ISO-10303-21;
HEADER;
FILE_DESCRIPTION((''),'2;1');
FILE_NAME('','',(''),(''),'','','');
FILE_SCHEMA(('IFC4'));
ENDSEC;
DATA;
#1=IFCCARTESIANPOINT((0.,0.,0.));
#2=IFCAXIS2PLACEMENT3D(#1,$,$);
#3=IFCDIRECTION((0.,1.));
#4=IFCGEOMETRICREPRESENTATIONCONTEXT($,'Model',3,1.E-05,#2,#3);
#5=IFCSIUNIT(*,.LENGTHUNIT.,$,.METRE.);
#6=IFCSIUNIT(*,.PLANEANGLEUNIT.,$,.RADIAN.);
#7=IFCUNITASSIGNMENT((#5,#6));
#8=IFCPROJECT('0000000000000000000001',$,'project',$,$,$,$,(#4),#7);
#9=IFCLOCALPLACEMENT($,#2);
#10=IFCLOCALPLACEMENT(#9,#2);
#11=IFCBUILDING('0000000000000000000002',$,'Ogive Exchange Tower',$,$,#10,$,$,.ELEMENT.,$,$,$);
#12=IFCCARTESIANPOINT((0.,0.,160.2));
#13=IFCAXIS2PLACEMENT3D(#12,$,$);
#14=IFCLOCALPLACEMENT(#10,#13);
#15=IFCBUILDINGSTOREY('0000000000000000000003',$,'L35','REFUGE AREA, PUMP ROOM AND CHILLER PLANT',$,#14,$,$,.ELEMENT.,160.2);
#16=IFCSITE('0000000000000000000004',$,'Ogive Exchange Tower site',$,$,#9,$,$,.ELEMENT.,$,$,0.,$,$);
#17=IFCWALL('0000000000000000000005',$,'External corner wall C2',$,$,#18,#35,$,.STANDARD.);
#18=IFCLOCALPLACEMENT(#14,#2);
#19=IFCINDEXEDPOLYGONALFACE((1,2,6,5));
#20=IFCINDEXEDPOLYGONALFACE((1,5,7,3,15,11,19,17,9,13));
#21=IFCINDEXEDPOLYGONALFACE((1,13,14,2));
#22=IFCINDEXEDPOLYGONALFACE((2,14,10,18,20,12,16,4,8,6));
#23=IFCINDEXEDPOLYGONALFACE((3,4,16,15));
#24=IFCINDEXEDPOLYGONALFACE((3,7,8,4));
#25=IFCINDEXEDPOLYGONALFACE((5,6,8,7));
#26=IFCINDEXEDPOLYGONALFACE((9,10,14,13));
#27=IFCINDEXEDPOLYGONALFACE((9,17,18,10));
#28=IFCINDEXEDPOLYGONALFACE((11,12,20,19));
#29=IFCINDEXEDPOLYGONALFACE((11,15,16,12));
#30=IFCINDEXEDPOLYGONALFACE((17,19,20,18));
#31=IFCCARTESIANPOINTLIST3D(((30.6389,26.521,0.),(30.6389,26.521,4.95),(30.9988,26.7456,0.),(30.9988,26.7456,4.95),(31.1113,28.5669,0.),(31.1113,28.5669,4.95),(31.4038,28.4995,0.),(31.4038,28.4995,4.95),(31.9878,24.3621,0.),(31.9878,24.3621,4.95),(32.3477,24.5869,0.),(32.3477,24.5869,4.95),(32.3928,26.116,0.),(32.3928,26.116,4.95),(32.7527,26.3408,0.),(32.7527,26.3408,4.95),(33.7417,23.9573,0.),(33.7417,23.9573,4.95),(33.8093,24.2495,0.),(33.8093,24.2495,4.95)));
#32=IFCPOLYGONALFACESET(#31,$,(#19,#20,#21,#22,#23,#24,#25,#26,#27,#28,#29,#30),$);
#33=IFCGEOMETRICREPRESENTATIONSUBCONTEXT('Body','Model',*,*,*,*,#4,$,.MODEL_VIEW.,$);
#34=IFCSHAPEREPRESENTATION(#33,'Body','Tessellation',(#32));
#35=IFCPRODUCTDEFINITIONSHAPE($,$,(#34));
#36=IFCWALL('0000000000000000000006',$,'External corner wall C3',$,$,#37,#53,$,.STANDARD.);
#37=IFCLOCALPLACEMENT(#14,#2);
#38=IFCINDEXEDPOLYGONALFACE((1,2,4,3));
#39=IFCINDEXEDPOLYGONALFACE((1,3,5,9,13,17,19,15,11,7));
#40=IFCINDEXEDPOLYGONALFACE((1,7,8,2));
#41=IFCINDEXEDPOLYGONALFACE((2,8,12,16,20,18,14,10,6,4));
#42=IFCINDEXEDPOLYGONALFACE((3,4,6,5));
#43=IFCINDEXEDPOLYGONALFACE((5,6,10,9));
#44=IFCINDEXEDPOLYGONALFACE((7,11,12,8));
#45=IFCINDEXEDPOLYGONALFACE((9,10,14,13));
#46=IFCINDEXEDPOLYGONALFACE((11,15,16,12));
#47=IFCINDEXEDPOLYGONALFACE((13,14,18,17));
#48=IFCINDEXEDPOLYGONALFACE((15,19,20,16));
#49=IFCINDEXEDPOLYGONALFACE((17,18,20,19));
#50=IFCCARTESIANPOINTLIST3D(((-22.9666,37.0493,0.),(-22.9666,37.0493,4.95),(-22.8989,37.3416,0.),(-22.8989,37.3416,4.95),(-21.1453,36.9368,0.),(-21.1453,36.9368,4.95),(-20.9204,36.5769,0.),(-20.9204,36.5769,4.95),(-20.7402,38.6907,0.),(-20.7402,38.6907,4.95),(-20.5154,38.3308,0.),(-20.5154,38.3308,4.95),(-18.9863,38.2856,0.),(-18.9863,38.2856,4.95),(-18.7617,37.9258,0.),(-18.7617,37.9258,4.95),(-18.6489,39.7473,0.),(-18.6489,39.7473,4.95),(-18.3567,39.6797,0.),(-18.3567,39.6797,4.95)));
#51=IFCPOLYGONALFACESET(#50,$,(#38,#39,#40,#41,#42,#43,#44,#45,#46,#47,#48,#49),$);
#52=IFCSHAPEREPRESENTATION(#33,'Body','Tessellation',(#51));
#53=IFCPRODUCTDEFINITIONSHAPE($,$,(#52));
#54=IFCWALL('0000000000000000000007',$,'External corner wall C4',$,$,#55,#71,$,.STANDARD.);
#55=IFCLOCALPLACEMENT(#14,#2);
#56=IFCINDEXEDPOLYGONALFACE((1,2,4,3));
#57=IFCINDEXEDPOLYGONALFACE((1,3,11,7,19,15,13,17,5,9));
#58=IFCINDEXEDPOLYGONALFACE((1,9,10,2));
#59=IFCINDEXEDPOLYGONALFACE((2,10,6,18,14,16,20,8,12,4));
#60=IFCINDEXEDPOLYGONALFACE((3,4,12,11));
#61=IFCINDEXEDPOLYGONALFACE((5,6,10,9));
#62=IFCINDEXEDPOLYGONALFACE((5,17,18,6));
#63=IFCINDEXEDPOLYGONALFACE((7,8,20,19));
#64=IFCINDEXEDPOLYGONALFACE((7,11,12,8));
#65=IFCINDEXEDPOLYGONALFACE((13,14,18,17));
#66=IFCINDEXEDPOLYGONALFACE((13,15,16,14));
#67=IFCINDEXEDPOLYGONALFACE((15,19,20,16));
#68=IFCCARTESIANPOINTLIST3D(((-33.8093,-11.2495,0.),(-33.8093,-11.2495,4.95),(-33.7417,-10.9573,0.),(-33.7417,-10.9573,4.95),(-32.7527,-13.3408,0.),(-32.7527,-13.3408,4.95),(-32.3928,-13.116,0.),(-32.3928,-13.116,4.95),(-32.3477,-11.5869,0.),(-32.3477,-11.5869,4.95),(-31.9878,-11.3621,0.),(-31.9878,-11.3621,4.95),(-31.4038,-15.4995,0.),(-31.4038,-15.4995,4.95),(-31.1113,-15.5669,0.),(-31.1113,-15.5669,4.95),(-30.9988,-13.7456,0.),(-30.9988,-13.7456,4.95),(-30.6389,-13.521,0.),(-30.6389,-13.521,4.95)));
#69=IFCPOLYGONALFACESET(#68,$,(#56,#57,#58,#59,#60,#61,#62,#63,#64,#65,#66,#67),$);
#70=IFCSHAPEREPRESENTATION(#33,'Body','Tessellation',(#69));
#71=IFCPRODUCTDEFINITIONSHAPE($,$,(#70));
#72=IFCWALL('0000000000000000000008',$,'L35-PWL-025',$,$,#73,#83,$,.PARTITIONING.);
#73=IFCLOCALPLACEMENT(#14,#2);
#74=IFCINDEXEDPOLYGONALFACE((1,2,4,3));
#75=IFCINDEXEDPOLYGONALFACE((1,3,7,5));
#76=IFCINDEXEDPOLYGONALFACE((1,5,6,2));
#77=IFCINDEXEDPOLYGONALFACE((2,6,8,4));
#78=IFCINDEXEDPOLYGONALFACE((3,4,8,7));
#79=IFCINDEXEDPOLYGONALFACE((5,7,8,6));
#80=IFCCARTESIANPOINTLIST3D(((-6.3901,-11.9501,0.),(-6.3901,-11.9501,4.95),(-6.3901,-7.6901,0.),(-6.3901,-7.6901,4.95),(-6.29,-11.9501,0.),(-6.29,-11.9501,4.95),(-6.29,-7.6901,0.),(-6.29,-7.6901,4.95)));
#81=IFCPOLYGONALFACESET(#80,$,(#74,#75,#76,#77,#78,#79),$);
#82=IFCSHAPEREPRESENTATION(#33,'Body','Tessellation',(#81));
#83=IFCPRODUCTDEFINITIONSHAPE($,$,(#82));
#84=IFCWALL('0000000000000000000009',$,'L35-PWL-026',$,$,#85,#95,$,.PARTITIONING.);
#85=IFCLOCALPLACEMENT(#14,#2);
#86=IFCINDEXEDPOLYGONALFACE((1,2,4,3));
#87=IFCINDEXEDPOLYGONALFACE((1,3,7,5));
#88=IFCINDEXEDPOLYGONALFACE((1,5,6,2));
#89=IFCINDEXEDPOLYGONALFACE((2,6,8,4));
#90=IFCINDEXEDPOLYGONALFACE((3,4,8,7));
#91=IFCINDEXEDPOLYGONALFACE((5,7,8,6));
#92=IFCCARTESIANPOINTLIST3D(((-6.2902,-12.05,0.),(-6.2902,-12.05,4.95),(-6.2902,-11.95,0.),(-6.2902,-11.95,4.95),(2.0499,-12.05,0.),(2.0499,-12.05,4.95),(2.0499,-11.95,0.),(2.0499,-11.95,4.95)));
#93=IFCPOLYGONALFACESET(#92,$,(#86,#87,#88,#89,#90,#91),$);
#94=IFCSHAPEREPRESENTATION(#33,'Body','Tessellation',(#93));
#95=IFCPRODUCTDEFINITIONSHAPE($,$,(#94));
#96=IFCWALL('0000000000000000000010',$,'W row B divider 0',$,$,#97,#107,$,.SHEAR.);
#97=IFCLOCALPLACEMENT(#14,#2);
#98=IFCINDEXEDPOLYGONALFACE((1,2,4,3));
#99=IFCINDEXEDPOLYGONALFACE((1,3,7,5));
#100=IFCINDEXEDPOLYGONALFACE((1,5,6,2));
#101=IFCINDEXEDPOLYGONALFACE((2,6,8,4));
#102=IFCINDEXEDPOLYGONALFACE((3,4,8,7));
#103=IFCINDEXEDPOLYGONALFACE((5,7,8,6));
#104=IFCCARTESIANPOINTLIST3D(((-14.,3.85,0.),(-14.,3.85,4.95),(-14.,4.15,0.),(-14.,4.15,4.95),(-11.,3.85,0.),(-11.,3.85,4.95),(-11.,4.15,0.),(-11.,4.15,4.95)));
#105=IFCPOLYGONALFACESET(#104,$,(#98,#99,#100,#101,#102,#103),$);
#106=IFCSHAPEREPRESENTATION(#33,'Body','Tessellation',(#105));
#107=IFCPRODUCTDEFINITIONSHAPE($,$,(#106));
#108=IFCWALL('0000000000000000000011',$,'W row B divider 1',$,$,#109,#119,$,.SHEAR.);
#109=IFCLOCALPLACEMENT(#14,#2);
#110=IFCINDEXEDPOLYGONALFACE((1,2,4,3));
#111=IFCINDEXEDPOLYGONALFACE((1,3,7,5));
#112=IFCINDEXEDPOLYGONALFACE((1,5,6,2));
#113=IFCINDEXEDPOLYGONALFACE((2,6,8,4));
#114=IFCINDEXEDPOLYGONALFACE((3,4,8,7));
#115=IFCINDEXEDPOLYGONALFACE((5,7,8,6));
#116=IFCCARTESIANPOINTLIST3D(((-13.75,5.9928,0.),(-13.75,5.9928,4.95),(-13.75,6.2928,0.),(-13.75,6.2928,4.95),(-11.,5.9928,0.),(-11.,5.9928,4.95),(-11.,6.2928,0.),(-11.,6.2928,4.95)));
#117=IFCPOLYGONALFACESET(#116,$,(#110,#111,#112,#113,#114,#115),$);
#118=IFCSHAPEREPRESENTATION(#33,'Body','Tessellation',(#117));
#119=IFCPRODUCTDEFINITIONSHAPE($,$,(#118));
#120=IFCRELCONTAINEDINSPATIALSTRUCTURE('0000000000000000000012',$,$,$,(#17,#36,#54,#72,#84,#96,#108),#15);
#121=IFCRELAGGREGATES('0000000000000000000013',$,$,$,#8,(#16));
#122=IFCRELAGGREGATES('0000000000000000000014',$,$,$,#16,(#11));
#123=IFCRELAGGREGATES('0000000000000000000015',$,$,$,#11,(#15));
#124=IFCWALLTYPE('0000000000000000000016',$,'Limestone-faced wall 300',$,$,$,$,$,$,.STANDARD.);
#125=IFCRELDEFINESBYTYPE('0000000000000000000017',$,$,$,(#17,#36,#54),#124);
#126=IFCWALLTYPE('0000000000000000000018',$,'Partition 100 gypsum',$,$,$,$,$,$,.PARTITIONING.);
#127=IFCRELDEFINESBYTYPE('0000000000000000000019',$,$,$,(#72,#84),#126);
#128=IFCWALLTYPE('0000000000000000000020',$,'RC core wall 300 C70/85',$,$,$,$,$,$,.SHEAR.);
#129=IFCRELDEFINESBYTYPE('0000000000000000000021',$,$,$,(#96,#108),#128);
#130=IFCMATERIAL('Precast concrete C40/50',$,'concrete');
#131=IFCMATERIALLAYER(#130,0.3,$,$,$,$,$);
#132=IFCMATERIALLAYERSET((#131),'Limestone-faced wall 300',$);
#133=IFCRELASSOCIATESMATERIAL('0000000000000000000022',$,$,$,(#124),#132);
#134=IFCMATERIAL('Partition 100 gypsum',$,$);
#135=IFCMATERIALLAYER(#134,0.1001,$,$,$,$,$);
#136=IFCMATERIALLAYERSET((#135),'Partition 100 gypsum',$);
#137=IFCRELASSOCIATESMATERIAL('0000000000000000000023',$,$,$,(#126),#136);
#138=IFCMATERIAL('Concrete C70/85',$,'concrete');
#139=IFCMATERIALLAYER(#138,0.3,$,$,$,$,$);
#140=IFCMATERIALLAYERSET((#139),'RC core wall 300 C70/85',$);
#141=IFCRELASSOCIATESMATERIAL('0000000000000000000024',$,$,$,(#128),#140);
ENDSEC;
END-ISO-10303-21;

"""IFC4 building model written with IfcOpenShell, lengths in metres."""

from ifc_helpers import new_model, si_unit, direction, frame, frame_2d, origin, place, context, subcontext, project, spatial, polyline, rectangle, outline, extrude, material, layer, layer_set, type_object, element, save


model = new_model("IFC4")

# Units and contexts
model_context = context("Model", 3, precision=1e-05, world=origin(), true_north=direction((0.0, 1.0)))
body_context = subcontext(model_context, "Body", "Model", "MODEL_VIEW")
ifc_project = project(units=[si_unit("LENGTHUNIT", "METRE"), si_unit("PLANEANGLEUNIT", "RADIAN")], contexts=[model_context])

# Site, building, storey
site_placement = place(None, origin())
site = spatial("IfcSite", under=ifc_project, at=site_placement, Name="Ogive Exchange Tower site", CompositionType="ELEMENT", RefElevation=0.0)
building_placement = place(site_placement, origin())
building = spatial("IfcBuilding", under=site, at=building_placement, Name="Ogive Exchange Tower", CompositionType="ELEMENT")
storey_placement = place(building_placement, frame((0.0, 0.0, 160.2)))
storey = spatial("IfcBuildingStorey", under=building, at=storey_placement, Name="L35", Description="REFUGE AREA, PUMP ROOM AND CHILLER PLANT", CompositionType="ELEMENT", Elevation=160.2)

# Shared definitions
ifc_material_1 = material(Name="Concrete C70/85", Category="concrete")

# Walls
ifc_material_2 = material(Name="Precast concrete C40/50", Category="concrete")
ifc_layer_1 = layer(ifc_material_2, 0.3)
ifc_layer_set_1 = layer_set([ifc_layer_1], Name="Limestone-faced wall 300")
wall_type_1 = type_object("IfcWallType", Name="Limestone-faced wall 300", PredefinedType="STANDARD", material=ifc_layer_set_1)
wall_1_placement = place(storey_placement, origin())
element("IfcWall", 1, at=wall_1_placement, inside=storey, type_object=wall_type_1, Name="External corner wall C2", PredefinedType="STANDARD", context=body_context, shape_type="SweptSolid", body=[
    extrude(outline(polyline([(32.3928, 26.116), (30.6389, 26.521), (31.1113, 28.5669), (31.4038, 28.4995), (30.9988, 26.7456), (32.7527, 26.3408), (32.3477, 24.5869), (33.8093, 24.2495), (33.7417, 23.9573), (31.9878, 24.3621), (32.3928, 26.116)])), origin(), (0.0, 0.0, 1.0), 4.95),
])
wall_2_placement = place(storey_placement, origin())
element("IfcWall", 2, at=wall_2_placement, inside=storey, type_object=wall_type_1, Name="External corner wall C3", PredefinedType="STANDARD", context=body_context, shape_type="SweptSolid", body=[
    extrude(outline(polyline([(-22.9666, 37.0493), (-22.8989, 37.3416), (-21.1453, 36.9368), (-20.7402, 38.6907), (-18.9863, 38.2856), (-18.6489, 39.7473), (-18.3567, 39.6797), (-18.7617, 37.9258), (-20.5154, 38.3308), (-20.9204, 36.5769), (-22.9666, 37.0493)])), origin(), (0.0, 0.0, 1.0), 4.95),
])
wall_3_placement = place(storey_placement, origin())
element("IfcWall", 3, at=wall_3_placement, inside=storey, type_object=wall_type_1, Name="External corner wall C4", PredefinedType="STANDARD", context=body_context, shape_type="SweptSolid", body=[
    extrude(outline(polyline([(-32.3928, -13.116), (-30.6389, -13.521), (-31.1113, -15.5669), (-31.4038, -15.4995), (-30.9988, -13.7456), (-32.7527, -13.3408), (-32.3477, -11.5869), (-33.8093, -11.2495), (-33.7417, -10.9573), (-31.9878, -11.3621), (-32.3928, -13.116)])), origin(), (0.0, 0.0, 1.0), 4.95),
])
ifc_material_3 = material(Name="Partition 100 gypsum")
ifc_layer_2 = layer(ifc_material_3, 0.1001)
ifc_layer_set_2 = layer_set([ifc_layer_2], Name="Partition 100 gypsum")
wall_type_2 = type_object("IfcWallType", Name="Partition 100 gypsum", PredefinedType="PARTITIONING", material=ifc_layer_set_2)
wall_4_placement = place(storey_placement, frame((-6.3401, -11.95, 0.0), z_axis=(0.0, 0.0, 1.0), x_axis=(0.0, 1.0, 0.0)))
element("IfcWall", 4, at=wall_4_placement, inside=storey, type_object=wall_type_2, Name="L35-PWL-025", PredefinedType="PARTITIONING", context=body_context, shape_type="SweptSolid", body=[
    extrude(rectangle(XDim=4.26, YDim=0.1001, at=frame_2d((2.1299, 0.0))), origin(), (0.0, 0.0, 1.0), 4.95),
])
wall_5_placement = place(storey_placement, frame((-6.29, -12.0, 0.0), z_axis=(0.0, 0.0, 1.0), x_axis=(1.0, 0.0, 0.0)))
element("IfcWall", 5, at=wall_5_placement, inside=storey, type_object=wall_type_2, Name="L35-PWL-026", PredefinedType="PARTITIONING", context=body_context, shape_type="SweptSolid", body=[
    extrude(rectangle(XDim=8.3401, YDim=0.1001, at=frame_2d((4.1699, 0.0))), origin(), (0.0, 0.0, 1.0), 4.95),
])

# Walls
ifc_layer_3 = layer(ifc_material_1, 0.3)
ifc_layer_set_3 = layer_set([ifc_layer_3], Name="RC core wall 300 C70/85")
wall_type_3 = type_object("IfcWallType", Name="RC core wall 300 C70/85", PredefinedType="SHEAR", material=ifc_layer_set_3)
wall_6_placement = place(storey_placement, frame((-14.0, 4.0, 0.0), z_axis=(0.0, 0.0, 1.0), x_axis=(1.0, 0.0, 0.0)))
element("IfcWall", 6, at=wall_6_placement, inside=storey, type_object=wall_type_3, Name="W row B divider 0", PredefinedType="SHEAR", context=body_context, shape_type="SweptSolid", body=[
    extrude(rectangle(XDim=3.0, YDim=0.3, at=frame_2d((1.5, 0.0))), origin(), (0.0, 0.0, 1.0), 4.95),
])
wall_7_placement = place(storey_placement, frame((-13.75, 6.1428, 0.0), z_axis=(0.0, 0.0, 1.0), x_axis=(1.0, 0.0, 0.0)))
element("IfcWall", 7, at=wall_7_placement, inside=storey, type_object=wall_type_3, Name="W row B divider 1", PredefinedType="SHEAR", context=body_context, shape_type="SweptSolid", body=[
    extrude(rectangle(XDim=2.75, YDim=0.3, at=frame_2d((1.375, 0.0))), origin(), (0.0, 0.0, 1.0), 4.95),
])

save(model, "model.ifc")
